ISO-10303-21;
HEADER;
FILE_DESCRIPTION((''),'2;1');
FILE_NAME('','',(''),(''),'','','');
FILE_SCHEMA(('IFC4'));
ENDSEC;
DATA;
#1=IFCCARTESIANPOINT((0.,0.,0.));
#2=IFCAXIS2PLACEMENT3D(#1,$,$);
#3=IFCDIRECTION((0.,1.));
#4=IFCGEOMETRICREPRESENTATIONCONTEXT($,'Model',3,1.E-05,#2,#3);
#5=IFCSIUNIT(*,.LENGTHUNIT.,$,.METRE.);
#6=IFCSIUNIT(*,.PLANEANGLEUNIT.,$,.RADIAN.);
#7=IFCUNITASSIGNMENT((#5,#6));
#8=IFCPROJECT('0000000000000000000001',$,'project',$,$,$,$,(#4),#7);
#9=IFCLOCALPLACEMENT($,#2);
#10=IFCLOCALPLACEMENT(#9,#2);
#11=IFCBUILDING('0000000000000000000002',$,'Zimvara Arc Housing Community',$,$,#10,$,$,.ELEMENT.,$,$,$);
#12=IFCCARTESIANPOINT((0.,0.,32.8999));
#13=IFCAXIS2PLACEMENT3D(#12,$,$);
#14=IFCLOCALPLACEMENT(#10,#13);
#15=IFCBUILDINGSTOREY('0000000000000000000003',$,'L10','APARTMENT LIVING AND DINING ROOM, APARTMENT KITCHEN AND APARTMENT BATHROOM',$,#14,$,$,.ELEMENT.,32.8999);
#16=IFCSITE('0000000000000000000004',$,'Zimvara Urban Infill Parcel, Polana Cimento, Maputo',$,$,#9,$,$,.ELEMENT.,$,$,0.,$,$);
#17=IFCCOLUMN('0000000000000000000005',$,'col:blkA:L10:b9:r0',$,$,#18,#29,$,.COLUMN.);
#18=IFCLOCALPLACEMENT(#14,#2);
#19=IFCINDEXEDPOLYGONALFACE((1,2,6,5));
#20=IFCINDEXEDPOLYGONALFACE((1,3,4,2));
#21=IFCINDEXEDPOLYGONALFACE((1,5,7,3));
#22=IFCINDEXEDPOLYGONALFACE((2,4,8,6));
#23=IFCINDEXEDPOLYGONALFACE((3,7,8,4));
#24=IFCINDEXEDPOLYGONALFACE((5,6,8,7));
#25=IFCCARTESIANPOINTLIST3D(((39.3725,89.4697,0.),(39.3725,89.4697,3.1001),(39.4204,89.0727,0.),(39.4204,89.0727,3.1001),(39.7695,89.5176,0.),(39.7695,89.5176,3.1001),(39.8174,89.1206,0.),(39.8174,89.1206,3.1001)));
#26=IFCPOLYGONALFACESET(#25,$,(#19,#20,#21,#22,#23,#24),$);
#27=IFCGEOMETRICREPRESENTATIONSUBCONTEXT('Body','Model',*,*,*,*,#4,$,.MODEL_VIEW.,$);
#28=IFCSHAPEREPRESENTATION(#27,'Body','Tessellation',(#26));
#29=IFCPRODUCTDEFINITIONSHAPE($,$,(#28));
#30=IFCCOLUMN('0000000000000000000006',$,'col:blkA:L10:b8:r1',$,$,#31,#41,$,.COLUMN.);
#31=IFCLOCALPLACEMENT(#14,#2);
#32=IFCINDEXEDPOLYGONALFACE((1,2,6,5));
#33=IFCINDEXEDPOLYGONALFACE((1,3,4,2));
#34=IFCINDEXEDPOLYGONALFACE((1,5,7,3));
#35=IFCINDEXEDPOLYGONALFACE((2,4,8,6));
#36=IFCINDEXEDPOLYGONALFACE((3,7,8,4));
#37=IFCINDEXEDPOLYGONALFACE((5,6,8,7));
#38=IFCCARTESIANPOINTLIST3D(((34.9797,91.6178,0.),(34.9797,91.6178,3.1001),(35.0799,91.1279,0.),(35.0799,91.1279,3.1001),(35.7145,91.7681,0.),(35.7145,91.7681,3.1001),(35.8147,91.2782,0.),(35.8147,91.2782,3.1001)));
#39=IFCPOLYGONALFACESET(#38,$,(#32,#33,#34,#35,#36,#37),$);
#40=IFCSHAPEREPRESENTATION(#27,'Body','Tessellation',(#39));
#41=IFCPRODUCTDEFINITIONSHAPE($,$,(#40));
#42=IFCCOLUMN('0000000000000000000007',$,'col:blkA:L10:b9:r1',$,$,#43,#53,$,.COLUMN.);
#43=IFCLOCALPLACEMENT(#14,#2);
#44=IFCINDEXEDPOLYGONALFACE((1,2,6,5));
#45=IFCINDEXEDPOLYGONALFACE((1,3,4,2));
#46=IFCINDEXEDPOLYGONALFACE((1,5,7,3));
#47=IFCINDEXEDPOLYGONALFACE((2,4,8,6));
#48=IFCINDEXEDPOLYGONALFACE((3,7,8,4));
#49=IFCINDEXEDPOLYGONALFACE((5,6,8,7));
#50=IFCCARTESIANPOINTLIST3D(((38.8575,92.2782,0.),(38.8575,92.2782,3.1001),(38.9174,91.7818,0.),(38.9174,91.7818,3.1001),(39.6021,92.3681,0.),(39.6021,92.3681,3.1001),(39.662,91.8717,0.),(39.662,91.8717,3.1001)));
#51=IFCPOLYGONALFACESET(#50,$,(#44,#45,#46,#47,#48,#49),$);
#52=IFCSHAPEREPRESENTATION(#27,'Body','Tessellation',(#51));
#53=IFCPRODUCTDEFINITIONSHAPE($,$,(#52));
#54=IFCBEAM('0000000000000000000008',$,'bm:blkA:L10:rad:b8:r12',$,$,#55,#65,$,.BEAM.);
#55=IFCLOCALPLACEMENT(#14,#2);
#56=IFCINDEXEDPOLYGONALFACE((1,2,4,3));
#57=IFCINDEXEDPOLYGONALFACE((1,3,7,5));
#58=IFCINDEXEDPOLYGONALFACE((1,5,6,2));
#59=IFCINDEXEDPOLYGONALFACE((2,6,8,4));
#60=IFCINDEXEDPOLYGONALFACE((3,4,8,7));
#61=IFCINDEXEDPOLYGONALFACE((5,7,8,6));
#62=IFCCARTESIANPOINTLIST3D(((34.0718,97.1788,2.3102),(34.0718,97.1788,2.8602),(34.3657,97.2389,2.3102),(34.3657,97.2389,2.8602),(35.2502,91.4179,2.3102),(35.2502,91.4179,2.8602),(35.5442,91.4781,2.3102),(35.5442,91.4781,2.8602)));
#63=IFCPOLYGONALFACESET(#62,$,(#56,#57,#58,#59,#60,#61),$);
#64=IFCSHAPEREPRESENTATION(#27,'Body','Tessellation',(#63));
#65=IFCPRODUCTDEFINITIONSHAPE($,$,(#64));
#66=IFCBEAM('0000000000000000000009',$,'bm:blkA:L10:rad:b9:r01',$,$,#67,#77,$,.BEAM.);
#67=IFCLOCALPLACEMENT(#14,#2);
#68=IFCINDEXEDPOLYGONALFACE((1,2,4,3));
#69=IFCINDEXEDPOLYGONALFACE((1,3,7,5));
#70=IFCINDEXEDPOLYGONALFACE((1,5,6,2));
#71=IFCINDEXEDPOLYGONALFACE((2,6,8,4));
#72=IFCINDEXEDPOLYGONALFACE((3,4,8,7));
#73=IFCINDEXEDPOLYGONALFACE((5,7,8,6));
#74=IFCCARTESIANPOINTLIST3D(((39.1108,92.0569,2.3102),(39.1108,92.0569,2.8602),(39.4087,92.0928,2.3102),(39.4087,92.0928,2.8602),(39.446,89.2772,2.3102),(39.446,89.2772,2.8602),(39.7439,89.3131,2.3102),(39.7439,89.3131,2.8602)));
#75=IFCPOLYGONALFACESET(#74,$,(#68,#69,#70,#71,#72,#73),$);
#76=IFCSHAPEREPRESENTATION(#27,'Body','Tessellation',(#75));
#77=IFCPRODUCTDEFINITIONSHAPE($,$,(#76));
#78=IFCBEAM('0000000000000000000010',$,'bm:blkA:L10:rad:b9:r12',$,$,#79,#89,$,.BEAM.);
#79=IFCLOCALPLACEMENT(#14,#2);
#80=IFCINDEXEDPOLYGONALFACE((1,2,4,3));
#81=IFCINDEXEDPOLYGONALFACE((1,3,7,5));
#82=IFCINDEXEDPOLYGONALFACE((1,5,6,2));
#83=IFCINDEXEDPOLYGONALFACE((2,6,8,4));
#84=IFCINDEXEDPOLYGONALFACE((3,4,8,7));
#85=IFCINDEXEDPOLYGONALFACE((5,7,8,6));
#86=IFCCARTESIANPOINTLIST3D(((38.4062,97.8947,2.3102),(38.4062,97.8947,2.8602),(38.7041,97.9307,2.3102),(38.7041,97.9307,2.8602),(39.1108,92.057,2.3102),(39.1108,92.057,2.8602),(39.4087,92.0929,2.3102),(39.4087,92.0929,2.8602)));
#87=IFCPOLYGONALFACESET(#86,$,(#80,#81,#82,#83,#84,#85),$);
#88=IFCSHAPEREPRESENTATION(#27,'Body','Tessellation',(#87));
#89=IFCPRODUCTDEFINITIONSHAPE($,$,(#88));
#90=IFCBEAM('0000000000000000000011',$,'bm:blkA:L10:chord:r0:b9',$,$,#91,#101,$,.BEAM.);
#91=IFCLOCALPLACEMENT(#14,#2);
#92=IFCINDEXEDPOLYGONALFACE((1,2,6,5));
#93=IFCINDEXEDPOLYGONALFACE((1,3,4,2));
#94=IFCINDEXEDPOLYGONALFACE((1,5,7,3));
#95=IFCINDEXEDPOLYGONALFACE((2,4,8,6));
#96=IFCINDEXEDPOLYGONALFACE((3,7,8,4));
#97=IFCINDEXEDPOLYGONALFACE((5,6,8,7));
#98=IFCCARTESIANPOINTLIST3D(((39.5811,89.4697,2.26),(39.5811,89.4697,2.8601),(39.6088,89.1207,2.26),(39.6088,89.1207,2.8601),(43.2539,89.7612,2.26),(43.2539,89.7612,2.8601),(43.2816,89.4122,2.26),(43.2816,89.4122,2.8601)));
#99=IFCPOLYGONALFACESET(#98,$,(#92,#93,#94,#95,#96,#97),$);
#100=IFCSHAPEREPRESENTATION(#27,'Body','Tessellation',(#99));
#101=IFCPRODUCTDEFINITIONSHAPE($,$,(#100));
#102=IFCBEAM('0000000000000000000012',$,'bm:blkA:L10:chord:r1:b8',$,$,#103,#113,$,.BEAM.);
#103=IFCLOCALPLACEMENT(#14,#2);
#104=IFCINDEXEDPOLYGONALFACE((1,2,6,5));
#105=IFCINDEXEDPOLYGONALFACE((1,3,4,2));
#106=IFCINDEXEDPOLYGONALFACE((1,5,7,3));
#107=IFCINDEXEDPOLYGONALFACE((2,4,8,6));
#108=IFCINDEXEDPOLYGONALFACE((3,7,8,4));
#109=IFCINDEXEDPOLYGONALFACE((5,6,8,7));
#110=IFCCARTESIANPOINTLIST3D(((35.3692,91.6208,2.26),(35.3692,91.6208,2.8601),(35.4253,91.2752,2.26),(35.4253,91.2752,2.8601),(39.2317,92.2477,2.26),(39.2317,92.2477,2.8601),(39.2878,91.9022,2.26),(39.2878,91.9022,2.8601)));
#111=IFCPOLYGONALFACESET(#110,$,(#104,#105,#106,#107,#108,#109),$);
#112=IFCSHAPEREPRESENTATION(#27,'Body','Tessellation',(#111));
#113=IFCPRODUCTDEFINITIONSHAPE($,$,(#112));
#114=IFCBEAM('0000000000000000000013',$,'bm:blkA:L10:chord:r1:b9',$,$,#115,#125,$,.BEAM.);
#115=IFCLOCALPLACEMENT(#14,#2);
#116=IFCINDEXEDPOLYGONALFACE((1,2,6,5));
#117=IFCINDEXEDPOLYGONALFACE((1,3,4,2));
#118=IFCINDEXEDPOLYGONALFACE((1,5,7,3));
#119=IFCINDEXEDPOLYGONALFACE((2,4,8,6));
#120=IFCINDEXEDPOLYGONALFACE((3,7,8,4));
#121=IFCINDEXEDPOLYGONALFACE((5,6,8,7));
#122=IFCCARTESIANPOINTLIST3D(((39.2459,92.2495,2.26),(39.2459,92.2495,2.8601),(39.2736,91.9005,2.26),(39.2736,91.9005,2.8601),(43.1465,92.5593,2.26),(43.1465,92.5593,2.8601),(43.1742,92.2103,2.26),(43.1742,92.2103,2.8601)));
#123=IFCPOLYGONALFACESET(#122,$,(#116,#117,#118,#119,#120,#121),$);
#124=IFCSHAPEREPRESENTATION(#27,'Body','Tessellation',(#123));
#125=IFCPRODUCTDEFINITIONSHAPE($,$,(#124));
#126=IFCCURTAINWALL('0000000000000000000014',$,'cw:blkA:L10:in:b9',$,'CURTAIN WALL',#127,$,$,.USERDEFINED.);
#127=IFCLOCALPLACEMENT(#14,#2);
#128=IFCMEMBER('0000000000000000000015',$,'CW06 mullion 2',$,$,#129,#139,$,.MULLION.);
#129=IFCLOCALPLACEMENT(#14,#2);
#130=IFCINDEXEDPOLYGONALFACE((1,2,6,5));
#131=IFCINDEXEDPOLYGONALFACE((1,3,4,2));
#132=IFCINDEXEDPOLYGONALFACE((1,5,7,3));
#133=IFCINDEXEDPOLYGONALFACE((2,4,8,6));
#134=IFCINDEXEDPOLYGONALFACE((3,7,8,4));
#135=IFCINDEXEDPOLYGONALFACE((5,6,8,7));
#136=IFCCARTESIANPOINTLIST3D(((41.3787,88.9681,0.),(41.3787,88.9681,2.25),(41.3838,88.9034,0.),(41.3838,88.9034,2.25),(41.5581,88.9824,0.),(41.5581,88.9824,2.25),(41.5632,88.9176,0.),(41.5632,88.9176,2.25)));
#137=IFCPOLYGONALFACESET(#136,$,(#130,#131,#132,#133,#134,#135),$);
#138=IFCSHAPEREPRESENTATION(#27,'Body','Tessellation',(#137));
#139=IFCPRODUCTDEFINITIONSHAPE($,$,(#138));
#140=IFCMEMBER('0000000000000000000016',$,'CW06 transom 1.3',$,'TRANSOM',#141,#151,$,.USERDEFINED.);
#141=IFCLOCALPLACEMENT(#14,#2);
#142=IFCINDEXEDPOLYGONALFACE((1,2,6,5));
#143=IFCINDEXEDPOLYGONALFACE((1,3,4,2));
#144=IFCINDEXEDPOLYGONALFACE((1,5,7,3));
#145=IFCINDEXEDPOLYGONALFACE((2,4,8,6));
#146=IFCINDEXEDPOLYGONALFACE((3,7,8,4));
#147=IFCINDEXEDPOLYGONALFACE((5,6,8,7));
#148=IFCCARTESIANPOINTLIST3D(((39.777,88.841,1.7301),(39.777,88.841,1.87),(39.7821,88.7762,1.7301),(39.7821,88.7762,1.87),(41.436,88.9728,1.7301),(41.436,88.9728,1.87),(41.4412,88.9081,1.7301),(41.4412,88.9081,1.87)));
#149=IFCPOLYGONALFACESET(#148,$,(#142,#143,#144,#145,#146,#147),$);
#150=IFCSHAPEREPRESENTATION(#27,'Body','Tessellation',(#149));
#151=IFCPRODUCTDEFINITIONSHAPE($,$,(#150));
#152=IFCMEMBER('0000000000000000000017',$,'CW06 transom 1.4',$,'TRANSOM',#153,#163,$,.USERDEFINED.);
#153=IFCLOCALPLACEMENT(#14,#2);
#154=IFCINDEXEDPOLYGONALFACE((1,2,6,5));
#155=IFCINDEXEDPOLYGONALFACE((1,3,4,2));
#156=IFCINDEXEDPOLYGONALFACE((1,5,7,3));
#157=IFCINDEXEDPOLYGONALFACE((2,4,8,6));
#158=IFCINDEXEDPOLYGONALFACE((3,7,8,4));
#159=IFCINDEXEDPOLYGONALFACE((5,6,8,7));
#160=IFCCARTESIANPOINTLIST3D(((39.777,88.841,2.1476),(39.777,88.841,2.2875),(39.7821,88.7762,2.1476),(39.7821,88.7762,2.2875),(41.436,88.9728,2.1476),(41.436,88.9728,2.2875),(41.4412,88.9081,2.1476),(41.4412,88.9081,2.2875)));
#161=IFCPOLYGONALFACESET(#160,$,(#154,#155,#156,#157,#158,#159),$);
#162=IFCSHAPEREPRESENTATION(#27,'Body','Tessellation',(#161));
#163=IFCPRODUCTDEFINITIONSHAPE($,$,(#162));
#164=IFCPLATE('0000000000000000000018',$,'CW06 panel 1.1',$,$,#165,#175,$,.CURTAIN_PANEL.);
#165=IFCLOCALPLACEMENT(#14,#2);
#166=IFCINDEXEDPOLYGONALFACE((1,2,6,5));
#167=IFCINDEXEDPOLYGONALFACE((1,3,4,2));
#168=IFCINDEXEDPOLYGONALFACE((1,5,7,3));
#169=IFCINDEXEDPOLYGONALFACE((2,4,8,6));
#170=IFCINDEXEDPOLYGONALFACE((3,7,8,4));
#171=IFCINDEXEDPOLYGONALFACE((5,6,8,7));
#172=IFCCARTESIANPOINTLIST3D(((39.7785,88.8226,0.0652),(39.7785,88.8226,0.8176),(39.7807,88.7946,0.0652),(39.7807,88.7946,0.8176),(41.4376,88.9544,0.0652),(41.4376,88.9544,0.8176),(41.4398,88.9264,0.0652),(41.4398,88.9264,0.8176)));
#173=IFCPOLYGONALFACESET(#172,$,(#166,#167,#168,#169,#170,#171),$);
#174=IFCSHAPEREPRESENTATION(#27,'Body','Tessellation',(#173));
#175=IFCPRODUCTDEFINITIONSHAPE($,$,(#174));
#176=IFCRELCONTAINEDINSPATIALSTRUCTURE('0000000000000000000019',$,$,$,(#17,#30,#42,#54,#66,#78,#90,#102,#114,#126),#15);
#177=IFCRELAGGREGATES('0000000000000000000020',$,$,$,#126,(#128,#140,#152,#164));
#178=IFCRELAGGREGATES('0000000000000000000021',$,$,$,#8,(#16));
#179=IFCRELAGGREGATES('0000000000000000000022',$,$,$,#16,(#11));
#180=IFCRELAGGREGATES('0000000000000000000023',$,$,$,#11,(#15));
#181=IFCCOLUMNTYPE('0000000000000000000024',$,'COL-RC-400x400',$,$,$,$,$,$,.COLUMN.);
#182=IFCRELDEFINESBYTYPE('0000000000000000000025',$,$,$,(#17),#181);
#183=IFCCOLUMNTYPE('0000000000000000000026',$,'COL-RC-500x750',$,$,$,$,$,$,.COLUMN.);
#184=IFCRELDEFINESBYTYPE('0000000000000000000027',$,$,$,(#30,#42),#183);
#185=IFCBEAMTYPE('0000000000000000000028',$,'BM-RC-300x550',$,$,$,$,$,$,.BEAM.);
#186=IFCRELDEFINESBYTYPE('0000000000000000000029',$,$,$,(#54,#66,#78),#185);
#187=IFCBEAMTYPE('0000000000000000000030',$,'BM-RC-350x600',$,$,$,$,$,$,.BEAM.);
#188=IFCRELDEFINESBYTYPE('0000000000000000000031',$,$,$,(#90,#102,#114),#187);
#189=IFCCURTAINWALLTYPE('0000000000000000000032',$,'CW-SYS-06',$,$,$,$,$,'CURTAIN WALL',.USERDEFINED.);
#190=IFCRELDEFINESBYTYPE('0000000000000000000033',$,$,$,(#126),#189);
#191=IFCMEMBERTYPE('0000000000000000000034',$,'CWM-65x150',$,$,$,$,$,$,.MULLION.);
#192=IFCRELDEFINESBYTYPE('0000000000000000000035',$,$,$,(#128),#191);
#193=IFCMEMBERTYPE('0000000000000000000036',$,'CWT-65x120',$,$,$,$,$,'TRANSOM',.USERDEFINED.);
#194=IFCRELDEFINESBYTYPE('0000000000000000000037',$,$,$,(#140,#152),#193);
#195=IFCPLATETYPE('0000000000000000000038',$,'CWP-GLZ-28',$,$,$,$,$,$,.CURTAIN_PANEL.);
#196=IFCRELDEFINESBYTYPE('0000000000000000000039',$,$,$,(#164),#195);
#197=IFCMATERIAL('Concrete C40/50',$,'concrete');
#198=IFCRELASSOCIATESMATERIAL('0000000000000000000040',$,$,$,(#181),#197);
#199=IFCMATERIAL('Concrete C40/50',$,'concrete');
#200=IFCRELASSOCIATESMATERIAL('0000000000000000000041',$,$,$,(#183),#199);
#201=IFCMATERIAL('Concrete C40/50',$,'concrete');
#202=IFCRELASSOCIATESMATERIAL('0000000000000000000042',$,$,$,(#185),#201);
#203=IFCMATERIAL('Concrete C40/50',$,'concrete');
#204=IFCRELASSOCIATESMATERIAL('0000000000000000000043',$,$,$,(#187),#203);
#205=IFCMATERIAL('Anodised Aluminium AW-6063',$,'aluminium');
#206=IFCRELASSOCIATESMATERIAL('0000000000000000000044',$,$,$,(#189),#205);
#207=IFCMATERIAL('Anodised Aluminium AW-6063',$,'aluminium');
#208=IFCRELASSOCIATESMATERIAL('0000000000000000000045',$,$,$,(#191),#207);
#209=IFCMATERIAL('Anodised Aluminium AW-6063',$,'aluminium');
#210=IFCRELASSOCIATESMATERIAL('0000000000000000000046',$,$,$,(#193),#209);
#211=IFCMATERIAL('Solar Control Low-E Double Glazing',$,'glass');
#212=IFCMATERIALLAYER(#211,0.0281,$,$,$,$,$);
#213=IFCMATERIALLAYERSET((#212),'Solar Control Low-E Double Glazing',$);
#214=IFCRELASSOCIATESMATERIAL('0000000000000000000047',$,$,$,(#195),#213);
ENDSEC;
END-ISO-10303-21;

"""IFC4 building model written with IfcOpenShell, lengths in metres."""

from ifc_helpers import new_model, si_unit, direction, frame, origin, origin_2d, place, context, subcontext, project, spatial, rectangle, extrude, material, layer, layer_set, material_profile, profile_set, type_object, element, aggregate, save


model = new_model("IFC4")

# Units and contexts
model_context = context("Model", 3, precision=1e-05, world=origin(), true_north=direction((0.0, 1.0)))
body_context = subcontext(model_context, "Body", "Model", "MODEL_VIEW")
ifc_project = project(units=[si_unit("LENGTHUNIT", "METRE"), si_unit("PLANEANGLEUNIT", "RADIAN")], contexts=[model_context])

# Site, building, storey
site_placement = place(None, origin())
site = spatial("IfcSite", under=ifc_project, at=site_placement, Name="Zimvara Urban Infill Parcel, Polana Cimento, Maputo", CompositionType="ELEMENT", RefElevation=0.0)
building_placement = place(site_placement, origin())
building = spatial("IfcBuilding", under=site, at=building_placement, Name="Zimvara Arc Housing Community", CompositionType="ELEMENT")
storey_placement = place(building_placement, frame((0.0, 0.0, 32.8999)))
storey = spatial("IfcBuildingStorey", under=building, at=storey_placement, Name="L10", Description="APARTMENT LIVING AND DINING ROOM, APARTMENT KITCHEN AND APARTMENT BATHROOM", CompositionType="ELEMENT", Elevation=32.8999)

# Columns
ifc_material_1 = material(Name="Concrete C40/50", Category="concrete")
ifc_material_profile_1 = material_profile(ifc_material_1, rectangle(XDim=0.3999, YDim=0.3999, at=origin_2d()), Name="RC 400x400")
ifc_profile_set_1 = profile_set([ifc_material_profile_1], Name="Concrete C40/50")
column_type_1 = type_object("IfcColumnType", Name="COL-RC-400x400", PredefinedType="COLUMN", material=ifc_profile_set_1)
column_placement = place(storey_placement, frame((39.595, 89.2952, 0.0), z_axis=(0.0, 0.0, 1.0), x_axis=(-0.11979, 0.992799, 0.0)))
element("IfcColumn", 1, at=column_placement, inside=storey, type_object=column_type_1, Name="col:blkA:L10:b9:r0", PredefinedType="COLUMN", context=body_context, shape_type="SweptSolid", body=[
    extrude(rectangle(XDim=0.3999, YDim=0.3999, at=origin_2d()), origin(), (0.0, 0.0, 1.0), 3.1001),
])
ifc_material_2 = material(Name="Concrete C40/50", Category="concrete")
ifc_material_profile_2 = material_profile(ifc_material_2, rectangle(XDim=0.5, YDim=0.75, at=origin_2d()), Name="RC 500x750")
ifc_profile_set_2 = profile_set([ifc_material_profile_2], Name="Concrete C40/50")
column_type_2 = type_object("IfcColumnType", Name="COL-RC-500x750", PredefinedType="COLUMN", material=ifc_profile_set_2)
for number, where, z_axis, x_axis, name in (
    (2, (35.3972, 91.448, 0.0), (0.0, 0.0, 1.0), (-0.200394, 0.979715, 0.0), "col:blkA:L10:b8:r1"),
    (3, (39.2598, 92.075, 0.0), (0.0, 0.0, 1.0), (-0.11979, 0.992799, 0.0), "col:blkA:L10:b9:r1"),
):
    element("IfcColumn", number, at=place(storey_placement, frame(where, z_axis=z_axis, x_axis=x_axis)), inside=storey, type_object=column_type_2, Name=name, PredefinedType="COLUMN", context=body_context, shape_type="SweptSolid", body=[
        extrude(rectangle(XDim=0.5, YDim=0.75, at=origin_2d()), origin(), (0.0, 0.0, 1.0), 3.1001),
    ])

# Beams
ifc_material_3 = material(Name="Concrete C40/50", Category="concrete")
ifc_material_profile_3 = material_profile(ifc_material_3, rectangle(XDim=0.3, YDim=0.55, at=origin_2d()), Name="RC 300x550")
ifc_profile_set_3 = profile_set([ifc_material_profile_3], Name="Concrete C40/50")
beam_type_1 = type_object("IfcBeamType", Name="BM-RC-300x550", PredefinedType="BEAM", material=ifc_profile_set_3)
beam_1_placement = place(storey_placement, frame((35.3972, 91.448, 2.5852), z_axis=(-0.200418, 0.97971, 0.0), x_axis=(-0.97971, -0.200418, 0.0)))
element("IfcBeam", 4, at=beam_1_placement, inside=storey, type_object=beam_type_1, Name="bm:blkA:L10:rad:b8:r12", PredefinedType="BEAM", context=body_context, shape_type="SweptSolid", body=[
    extrude(rectangle(XDim=0.3, YDim=0.55, at=origin_2d()), origin(), (0.0, 0.0, 1.0), 5.8801),
])
beam_2_placement = place(storey_placement, frame((39.595, 89.2952, 2.5852), z_axis=(-0.119719, 0.992808, 0.0), x_axis=(-0.992808, -0.119719, 0.0)))
element("IfcBeam", 5, at=beam_2_placement, inside=storey, type_object=beam_type_1, Name="bm:blkA:L10:rad:b9:r01", PredefinedType="BEAM", context=body_context, shape_type="SweptSolid", body=[
    extrude(rectangle(XDim=0.3, YDim=0.55, at=origin_2d()), origin(), (0.0, 0.0, 1.0), 2.7998),
])
beam_3_placement = place(storey_placement, frame((39.2598, 92.075, 2.5852), z_axis=(-0.119828, 0.992795, 0.0), x_axis=(-0.992795, -0.119828, 0.0)))
element("IfcBeam", 6, at=beam_3_placement, inside=storey, type_object=beam_type_1, Name="bm:blkA:L10:rad:b9:r12", PredefinedType="BEAM", context=body_context, shape_type="SweptSolid", body=[
    extrude(rectangle(XDim=0.3, YDim=0.55, at=origin_2d()), origin(), (0.0, 0.0, 1.0), 5.8801),
])
ifc_material_4 = material(Name="Concrete C40/50", Category="concrete")
ifc_material_profile_4 = material_profile(ifc_material_4, rectangle(XDim=0.3501, YDim=0.6001, at=origin_2d()), Name="RC 350x600")
ifc_profile_set_4 = profile_set([ifc_material_profile_4], Name="Concrete C40/50")
beam_type_2 = type_object("IfcBeamType", Name="BM-RC-350x600", PredefinedType="BEAM", material=ifc_profile_set_4)
beam_4_placement = place(storey_placement, frame((39.595, 89.2952, 2.5601), z_axis=(0.996865, 0.079118, 0.0), x_axis=(-0.079118, 0.996865, 0.0)))
element("IfcBeam", 7, at=beam_4_placement, inside=storey, type_object=beam_type_2, Name="bm:blkA:L10:chord:r0:b9", PredefinedType="BEAM", context=body_context, shape_type="SweptSolid", body=[
    extrude(rectangle(XDim=0.3501, YDim=0.6001, at=origin_2d()), origin(), (0.0, 0.0, 1.0), 3.6843),
])
beam_5_placement = place(storey_placement, frame((35.3972, 91.448, 2.5601), z_axis=(0.987081, 0.160219, 0.0), x_axis=(-0.160219, 0.987081, 0.0)))
element("IfcBeam", 8, at=beam_5_placement, inside=storey, type_object=beam_type_2, Name="bm:blkA:L10:chord:r1:b8", PredefinedType="BEAM", context=body_context, shape_type="SweptSolid", body=[
    extrude(rectangle(XDim=0.3501, YDim=0.6001, at=origin_2d()), origin(), (0.0, 0.0, 1.0), 3.9131),
])
beam_6_placement = place(storey_placement, frame((39.2598, 92.075, 2.5601), z_axis=(0.996861, 0.079177, 0.0), x_axis=(-0.079177, 0.996861, 0.0)))
element("IfcBeam", 9, at=beam_6_placement, inside=storey, type_object=beam_type_2, Name="bm:blkA:L10:chord:r1:b9", PredefinedType="BEAM", context=body_context, shape_type="SweptSolid", body=[
    extrude(rectangle(XDim=0.3501, YDim=0.6001, at=origin_2d()), origin(), (0.0, 0.0, 1.0), 3.9128),
])

# Curtain wall, members, plate
ifc_material_5 = material(Name="Anodised Aluminium AW-6063", Category="aluminium")
curtain_wall_type = type_object("IfcCurtainWallType", Name="CW-SYS-06", ElementType="CURTAIN WALL", PredefinedType="USERDEFINED", material=ifc_material_5)
curtain_wall_placement = place(storey_placement, origin())
curtain_wall = element("IfcCurtainWall", 10, at=curtain_wall_placement, inside=storey, type_object=curtain_wall_type, Name="cw:blkA:L10:in:b9", ObjectType="CURTAIN WALL", PredefinedType="USERDEFINED")
ifc_material_6 = material(Name="Anodised Aluminium AW-6063", Category="aluminium")
ifc_material_profile_5 = material_profile(ifc_material_6, rectangle(XDim=0.0649, YDim=0.1799, at=origin_2d()), Name="ALU 65x180")
ifc_profile_set_5 = profile_set([ifc_material_profile_5], Name="Anodised Aluminium AW-6063")
member_type_1 = type_object("IfcMemberType", Name="CWM-65x150", PredefinedType="MULLION", material=ifc_profile_set_5)
member_1_placement = place(storey_placement, frame((41.4709, 88.9429, 0.0), z_axis=(0.0, 0.0, 1.0), x_axis=(-0.079155, 0.996862, 0.0)))
member_1 = element("IfcMember", 11, at=member_1_placement, type_object=member_type_1, Name="CW06 mullion 2", PredefinedType="MULLION", context=body_context, shape_type="SweptSolid", body=[
    extrude(rectangle(XDim=0.0649, YDim=0.1799, at=origin_2d()), origin(), (0.0, 0.0, 1.0), 2.25),
])
ifc_material_7 = material(Name="Anodised Aluminium AW-6063", Category="aluminium")
ifc_material_profile_6 = material_profile(ifc_material_7, rectangle(XDim=0.0649, YDim=0.1399, at=origin_2d()), Name="ALU 65x140")
ifc_profile_set_6 = profile_set([ifc_material_profile_6], Name="Anodised Aluminium AW-6063")
member_type_2 = type_object("IfcMemberType", Name="CWT-65x120", ElementType="TRANSOM", PredefinedType="USERDEFINED", material=ifc_profile_set_6)
member_2_placement = place(storey_placement, frame((39.7795, 88.8086, 1.8), z_axis=(0.996858, 0.079209, 0.0), x_axis=(-0.079209, 0.996858, 0.0)))
member_2 = element("IfcMember", 12, at=member_2_placement, type_object=member_type_2, Name="CW06 transom 1.3", ObjectType="TRANSOM", PredefinedType="USERDEFINED", context=body_context, shape_type="SweptSolid", body=[
    extrude(rectangle(XDim=0.0649, YDim=0.1399, at=origin_2d()), origin(), (0.0, 0.0, 1.0), 1.6643),
])
member_3_placement = place(storey_placement, frame((39.7795, 88.8086, 2.2175), z_axis=(0.996858, 0.079209, 0.0), x_axis=(-0.079209, 0.996858, 0.0)))
member_3 = element("IfcMember", 13, at=member_3_placement, type_object=member_type_2, Name="CW06 transom 1.4", ObjectType="TRANSOM", PredefinedType="USERDEFINED", context=body_context, shape_type="SweptSolid", body=[
    extrude(rectangle(XDim=0.0649, YDim=0.1399, at=origin_2d()), origin(), (0.0, 0.0, 1.0), 1.6643),
])
ifc_material_8 = material(Name="Solar Control Low-E Double Glazing", Category="glass")
ifc_layer_1 = layer(ifc_material_8, 0.0281)
ifc_layer_set_1 = layer_set([ifc_layer_1], Name="Solar Control Low-E Double Glazing")
plate_type = type_object("IfcPlateType", Name="CWP-GLZ-28", PredefinedType="CURTAIN_PANEL", material=ifc_layer_set_1)
plate_1_placement = place(storey_placement, frame((40.6091, 88.8745, 0.0652), z_axis=(0.0, 0.0, 1.0), x_axis=(0.996862, 0.079155, 0.0)))
plate_1 = element("IfcPlate", 14, at=plate_1_placement, type_object=plate_type, Name="CW06 panel 1.1", PredefinedType="CURTAIN_PANEL", context=body_context, shape_type="SweptSolid", body=[
    extrude(rectangle(XDim=1.6643, YDim=0.0281, at=origin_2d()), origin(), (0.0, 0.0, 1.0), 0.7524),
])
aggregate(curtain_wall, [member_1, member_2, member_3, plate_1])

save(model, "model.ifc")
